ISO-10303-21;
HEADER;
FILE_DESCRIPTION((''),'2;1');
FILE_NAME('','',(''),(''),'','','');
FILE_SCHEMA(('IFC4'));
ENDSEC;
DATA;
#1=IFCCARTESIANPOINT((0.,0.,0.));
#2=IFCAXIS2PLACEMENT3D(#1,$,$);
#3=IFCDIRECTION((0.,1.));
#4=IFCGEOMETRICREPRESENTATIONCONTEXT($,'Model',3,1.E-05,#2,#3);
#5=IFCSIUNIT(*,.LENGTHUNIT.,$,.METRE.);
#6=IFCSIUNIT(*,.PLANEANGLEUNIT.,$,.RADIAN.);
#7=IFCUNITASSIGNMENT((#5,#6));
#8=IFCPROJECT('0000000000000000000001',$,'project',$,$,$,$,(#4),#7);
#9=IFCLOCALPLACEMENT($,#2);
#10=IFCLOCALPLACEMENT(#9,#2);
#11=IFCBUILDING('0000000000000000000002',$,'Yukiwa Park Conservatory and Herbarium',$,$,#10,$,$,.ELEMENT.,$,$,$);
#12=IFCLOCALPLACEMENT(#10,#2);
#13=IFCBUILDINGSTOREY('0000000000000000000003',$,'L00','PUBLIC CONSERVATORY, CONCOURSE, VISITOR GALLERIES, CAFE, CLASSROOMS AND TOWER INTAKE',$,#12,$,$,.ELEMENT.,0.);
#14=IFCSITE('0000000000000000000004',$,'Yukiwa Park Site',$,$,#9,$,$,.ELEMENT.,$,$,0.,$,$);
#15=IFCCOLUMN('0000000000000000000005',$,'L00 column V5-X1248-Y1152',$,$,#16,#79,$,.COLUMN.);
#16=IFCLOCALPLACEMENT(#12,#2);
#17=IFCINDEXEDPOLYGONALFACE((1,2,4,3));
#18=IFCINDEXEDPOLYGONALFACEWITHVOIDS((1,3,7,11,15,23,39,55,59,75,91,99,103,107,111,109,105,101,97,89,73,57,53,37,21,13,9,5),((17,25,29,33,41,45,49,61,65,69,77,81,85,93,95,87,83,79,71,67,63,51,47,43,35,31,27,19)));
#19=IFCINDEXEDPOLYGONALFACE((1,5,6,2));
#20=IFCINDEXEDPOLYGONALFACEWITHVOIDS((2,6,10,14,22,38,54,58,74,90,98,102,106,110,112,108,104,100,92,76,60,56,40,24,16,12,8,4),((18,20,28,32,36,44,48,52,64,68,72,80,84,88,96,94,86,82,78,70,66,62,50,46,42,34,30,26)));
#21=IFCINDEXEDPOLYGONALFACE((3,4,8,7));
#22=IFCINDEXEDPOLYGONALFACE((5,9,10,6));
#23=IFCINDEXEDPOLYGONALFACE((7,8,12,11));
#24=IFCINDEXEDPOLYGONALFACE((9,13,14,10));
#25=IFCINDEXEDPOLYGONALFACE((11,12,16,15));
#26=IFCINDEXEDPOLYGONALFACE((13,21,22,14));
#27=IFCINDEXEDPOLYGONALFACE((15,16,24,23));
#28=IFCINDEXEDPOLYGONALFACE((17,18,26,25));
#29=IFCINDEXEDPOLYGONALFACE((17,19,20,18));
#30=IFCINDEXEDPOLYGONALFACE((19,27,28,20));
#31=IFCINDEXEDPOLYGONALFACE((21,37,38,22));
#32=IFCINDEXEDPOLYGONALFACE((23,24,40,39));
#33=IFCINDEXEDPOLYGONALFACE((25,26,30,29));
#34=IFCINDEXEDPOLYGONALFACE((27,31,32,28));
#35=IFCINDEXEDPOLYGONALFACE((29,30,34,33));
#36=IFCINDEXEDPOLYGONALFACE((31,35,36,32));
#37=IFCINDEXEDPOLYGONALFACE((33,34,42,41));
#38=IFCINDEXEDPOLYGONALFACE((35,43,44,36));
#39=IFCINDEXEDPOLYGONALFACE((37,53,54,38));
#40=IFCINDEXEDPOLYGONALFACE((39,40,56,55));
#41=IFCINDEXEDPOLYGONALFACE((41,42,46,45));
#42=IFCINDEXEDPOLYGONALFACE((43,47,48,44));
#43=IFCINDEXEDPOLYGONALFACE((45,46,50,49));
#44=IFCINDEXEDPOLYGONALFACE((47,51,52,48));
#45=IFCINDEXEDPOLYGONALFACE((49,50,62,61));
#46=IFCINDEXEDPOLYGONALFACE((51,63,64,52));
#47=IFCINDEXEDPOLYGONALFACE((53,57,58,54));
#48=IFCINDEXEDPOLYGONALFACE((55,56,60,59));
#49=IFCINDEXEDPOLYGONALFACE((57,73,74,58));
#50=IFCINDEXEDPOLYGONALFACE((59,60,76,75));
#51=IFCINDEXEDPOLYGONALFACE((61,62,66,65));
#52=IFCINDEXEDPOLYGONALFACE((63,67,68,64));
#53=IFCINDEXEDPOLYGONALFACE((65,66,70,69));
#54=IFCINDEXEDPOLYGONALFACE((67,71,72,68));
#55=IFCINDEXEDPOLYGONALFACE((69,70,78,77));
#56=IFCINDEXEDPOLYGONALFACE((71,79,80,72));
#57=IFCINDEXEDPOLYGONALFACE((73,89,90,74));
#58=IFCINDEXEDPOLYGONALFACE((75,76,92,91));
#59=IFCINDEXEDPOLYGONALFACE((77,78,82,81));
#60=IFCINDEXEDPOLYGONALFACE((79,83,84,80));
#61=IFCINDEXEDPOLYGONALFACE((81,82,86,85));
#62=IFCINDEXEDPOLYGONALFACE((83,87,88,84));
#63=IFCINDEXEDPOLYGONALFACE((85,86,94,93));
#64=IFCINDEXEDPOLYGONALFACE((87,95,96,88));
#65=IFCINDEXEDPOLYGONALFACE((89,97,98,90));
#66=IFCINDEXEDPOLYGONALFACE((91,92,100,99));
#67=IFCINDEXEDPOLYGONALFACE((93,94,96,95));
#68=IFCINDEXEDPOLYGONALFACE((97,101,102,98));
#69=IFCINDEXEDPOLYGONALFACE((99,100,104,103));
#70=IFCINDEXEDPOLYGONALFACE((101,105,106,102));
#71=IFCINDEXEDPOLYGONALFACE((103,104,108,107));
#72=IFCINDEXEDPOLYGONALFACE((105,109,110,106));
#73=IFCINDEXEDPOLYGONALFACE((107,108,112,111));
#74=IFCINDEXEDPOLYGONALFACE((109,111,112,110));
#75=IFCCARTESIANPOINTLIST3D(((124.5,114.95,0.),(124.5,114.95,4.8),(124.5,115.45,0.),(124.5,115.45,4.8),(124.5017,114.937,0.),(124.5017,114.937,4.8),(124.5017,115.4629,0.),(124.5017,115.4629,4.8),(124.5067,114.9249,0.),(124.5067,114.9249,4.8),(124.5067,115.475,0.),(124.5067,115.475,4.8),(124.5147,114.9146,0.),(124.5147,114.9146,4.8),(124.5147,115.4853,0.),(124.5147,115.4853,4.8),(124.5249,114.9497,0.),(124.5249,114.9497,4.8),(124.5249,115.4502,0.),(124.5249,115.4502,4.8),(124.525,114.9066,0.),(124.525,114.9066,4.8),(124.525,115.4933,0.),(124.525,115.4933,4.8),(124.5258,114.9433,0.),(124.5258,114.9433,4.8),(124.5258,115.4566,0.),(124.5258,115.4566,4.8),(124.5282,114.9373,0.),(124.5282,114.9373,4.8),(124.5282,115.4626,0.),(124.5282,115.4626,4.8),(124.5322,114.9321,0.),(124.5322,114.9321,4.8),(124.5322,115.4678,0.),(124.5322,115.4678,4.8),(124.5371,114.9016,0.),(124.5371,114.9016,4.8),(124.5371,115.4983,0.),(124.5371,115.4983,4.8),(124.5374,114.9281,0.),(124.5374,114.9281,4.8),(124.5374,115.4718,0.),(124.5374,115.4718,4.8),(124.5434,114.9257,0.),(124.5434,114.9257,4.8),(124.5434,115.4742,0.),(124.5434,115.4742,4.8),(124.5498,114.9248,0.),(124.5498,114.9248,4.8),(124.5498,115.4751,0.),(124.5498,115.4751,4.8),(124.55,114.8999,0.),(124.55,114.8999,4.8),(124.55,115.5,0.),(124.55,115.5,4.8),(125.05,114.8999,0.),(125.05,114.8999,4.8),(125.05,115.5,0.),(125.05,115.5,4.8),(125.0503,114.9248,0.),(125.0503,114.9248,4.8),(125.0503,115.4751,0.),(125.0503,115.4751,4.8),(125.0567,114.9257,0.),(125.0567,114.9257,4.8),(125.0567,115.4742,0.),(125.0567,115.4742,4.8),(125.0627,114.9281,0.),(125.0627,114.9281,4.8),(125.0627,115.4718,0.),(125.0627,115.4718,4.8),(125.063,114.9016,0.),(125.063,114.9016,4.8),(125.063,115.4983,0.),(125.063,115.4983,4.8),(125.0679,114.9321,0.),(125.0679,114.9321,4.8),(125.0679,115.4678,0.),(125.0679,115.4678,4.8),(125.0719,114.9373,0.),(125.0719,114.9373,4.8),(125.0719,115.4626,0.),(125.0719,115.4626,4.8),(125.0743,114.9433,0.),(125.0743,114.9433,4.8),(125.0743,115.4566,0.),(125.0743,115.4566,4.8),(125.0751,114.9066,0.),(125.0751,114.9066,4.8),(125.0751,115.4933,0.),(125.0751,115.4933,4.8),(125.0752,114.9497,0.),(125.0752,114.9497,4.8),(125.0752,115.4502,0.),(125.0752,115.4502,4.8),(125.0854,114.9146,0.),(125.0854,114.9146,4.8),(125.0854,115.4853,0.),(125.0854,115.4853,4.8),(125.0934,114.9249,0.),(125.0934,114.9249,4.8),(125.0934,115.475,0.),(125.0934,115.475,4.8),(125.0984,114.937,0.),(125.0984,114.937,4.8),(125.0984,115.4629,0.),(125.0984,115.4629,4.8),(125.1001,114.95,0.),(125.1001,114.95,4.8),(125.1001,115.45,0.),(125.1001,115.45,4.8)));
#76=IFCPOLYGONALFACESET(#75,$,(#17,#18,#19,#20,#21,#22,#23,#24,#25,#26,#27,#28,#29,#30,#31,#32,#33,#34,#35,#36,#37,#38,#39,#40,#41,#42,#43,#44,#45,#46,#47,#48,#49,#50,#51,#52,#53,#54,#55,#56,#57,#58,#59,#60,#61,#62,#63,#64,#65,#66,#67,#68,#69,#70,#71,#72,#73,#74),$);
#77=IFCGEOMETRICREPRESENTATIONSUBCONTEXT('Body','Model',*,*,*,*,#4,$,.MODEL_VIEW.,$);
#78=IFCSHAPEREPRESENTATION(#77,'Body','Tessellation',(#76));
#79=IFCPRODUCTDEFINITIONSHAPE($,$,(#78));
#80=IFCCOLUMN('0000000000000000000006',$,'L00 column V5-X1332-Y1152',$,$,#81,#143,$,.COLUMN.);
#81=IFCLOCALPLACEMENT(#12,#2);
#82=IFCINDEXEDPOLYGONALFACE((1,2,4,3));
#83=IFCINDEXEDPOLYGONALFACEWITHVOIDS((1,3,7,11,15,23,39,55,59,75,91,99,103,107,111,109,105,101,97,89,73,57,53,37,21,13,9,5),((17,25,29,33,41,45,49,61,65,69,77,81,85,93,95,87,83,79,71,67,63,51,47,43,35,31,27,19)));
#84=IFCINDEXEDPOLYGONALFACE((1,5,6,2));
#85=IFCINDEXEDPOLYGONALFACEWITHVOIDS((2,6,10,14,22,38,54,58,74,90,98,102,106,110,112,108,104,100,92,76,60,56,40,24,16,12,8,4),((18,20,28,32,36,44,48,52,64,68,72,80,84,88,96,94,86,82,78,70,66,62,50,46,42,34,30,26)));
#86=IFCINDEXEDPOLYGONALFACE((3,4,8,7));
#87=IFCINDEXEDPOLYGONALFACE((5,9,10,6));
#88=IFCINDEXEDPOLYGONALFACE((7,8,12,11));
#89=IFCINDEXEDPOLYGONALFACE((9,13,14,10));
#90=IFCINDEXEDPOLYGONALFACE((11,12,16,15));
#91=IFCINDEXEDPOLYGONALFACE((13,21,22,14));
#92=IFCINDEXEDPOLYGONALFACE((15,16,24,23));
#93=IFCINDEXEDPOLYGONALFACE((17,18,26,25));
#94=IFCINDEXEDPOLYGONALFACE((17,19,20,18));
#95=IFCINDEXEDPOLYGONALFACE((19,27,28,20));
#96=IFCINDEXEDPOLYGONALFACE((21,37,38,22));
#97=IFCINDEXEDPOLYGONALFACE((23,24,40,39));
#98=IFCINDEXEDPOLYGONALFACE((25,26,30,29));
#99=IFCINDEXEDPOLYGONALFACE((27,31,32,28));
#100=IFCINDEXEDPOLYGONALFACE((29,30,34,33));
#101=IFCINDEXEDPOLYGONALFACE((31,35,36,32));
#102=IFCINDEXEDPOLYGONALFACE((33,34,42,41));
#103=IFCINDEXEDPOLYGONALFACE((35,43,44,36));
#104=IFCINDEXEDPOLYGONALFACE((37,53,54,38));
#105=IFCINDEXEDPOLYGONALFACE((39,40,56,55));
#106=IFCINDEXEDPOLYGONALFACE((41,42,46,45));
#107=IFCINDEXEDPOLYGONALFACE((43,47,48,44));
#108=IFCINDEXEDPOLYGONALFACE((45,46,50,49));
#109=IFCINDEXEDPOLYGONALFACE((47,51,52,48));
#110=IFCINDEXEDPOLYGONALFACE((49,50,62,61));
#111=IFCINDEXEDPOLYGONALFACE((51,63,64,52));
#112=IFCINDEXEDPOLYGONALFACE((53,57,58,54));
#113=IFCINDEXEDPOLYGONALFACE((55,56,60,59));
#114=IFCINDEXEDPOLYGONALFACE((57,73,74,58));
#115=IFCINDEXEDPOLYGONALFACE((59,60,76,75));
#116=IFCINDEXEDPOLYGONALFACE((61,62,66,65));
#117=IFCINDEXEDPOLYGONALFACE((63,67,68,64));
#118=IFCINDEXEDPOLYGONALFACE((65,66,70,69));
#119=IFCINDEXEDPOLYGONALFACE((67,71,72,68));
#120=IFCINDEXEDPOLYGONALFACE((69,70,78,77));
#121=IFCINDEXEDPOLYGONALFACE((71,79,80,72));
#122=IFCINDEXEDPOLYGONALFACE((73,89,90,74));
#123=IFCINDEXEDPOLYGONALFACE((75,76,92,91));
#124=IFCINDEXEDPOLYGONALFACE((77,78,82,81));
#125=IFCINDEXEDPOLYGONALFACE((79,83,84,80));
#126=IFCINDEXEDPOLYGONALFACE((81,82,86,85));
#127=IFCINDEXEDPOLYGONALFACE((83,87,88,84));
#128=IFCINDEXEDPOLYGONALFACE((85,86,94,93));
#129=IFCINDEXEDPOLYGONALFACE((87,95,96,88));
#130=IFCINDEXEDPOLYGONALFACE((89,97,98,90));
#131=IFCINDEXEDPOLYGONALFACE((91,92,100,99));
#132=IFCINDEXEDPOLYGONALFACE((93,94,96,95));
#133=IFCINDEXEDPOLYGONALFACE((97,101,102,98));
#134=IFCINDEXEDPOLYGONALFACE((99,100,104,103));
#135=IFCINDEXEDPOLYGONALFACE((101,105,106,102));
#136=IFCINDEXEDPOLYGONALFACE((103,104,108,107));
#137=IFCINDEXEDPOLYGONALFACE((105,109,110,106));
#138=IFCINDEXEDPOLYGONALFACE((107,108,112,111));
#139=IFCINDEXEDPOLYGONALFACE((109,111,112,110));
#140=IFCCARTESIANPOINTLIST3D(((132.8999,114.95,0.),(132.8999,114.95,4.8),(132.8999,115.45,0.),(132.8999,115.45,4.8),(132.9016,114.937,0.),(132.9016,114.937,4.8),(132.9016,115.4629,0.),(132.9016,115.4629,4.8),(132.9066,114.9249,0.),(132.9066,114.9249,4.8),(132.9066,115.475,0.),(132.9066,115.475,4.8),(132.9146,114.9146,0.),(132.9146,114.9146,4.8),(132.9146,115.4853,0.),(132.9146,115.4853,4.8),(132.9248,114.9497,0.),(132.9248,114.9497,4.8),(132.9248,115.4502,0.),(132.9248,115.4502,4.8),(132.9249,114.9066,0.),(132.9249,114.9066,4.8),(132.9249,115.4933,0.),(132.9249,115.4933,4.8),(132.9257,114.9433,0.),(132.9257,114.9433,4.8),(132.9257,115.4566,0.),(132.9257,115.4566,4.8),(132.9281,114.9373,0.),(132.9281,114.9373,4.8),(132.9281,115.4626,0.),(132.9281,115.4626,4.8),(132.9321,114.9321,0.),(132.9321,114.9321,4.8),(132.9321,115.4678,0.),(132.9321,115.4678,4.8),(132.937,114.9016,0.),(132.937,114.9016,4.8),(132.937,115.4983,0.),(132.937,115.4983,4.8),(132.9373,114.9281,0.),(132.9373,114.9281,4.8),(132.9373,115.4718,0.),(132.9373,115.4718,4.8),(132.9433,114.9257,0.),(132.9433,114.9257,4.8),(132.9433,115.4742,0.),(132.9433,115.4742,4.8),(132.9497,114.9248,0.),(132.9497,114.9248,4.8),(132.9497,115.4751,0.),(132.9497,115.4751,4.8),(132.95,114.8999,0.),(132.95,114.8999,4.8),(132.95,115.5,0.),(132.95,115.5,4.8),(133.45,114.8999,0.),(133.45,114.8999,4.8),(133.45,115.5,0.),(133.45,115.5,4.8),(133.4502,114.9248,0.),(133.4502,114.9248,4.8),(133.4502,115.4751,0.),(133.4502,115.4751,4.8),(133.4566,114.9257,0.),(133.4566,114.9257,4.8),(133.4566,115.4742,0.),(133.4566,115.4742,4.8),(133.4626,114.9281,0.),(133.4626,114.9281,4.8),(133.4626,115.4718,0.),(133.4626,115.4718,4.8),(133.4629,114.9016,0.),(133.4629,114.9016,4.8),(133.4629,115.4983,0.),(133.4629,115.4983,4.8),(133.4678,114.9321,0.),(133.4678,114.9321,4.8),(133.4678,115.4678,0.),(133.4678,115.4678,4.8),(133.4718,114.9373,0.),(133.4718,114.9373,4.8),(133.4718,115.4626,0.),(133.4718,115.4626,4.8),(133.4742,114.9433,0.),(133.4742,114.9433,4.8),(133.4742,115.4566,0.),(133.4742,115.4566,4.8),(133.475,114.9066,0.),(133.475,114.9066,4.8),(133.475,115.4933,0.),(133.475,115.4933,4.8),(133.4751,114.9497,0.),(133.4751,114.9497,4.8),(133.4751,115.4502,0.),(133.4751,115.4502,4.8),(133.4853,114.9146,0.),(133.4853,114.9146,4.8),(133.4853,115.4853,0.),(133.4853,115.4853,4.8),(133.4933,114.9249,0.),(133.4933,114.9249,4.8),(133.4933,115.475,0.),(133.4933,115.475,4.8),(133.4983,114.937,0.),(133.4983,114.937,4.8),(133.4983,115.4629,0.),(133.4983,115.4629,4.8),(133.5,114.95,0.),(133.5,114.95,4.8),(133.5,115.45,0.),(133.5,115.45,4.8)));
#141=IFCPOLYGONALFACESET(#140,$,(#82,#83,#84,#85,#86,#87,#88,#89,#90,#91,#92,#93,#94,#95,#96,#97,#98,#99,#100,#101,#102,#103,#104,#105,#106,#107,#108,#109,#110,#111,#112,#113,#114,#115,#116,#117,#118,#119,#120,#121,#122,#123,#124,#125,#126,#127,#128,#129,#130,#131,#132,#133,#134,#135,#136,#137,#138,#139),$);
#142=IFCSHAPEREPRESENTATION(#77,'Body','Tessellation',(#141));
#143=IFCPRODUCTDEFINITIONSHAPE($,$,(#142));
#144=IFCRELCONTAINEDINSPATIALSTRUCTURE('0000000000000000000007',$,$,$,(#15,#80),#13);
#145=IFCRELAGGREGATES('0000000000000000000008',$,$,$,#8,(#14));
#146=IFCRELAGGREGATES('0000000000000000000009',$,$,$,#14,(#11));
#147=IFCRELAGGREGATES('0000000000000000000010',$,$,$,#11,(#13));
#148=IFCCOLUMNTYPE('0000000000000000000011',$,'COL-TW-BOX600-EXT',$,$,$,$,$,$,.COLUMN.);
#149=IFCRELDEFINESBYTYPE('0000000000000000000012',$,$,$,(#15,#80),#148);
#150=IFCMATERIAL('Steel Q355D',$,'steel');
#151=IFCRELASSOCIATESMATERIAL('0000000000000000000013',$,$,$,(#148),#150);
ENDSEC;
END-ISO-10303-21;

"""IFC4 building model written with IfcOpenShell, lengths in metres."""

from ifc_helpers import new_model, si_unit, direction, frame, origin, origin_2d, place, context, subcontext, project, spatial, hollow_rectangle, extrude, material, material_profile, profile_set, type_object, element, save


model = new_model("IFC4")

# Units and contexts
model_context = context("Model", 3, precision=1e-05, world=origin(), true_north=direction((0.0, 1.0)))
body_context = subcontext(model_context, "Body", "Model", "MODEL_VIEW")
ifc_project = project(units=[si_unit("LENGTHUNIT", "METRE"), si_unit("PLANEANGLEUNIT", "RADIAN")], contexts=[model_context])

# Site, building, storey
site_placement = place(None, origin())
site = spatial("IfcSite", under=ifc_project, at=site_placement, Name="Yukiwa Park Site", CompositionType="ELEMENT", RefElevation=0.0)
building_placement = place(site_placement, origin())
building = spatial("IfcBuilding", under=site, at=building_placement, Name="Yukiwa Park Conservatory and Herbarium", CompositionType="ELEMENT")
storey_placement = place(building_placement, origin())
storey = spatial("IfcBuildingStorey", under=building, at=storey_placement, Name="L00", Description="PUBLIC CONSERVATORY, CONCOURSE, VISITOR GALLERIES, CAFE, CLASSROOMS AND TOWER INTAKE", CompositionType="ELEMENT", Elevation=0.0)

# Columns
ifc_material_1 = material(Name="Steel Q355D", Category="steel")
ifc_material_profile_1 = material_profile(ifc_material_1, hollow_rectangle(XDim=0.6001, YDim=0.6001, WallThickness=0.0249, InnerFilletRadius=0.0249, OuterFilletRadius=0.05, at=origin_2d()), Name="BOX 600x600x25")
ifc_profile_set_1 = profile_set([ifc_material_profile_1], Name="Steel Q355D")
column_type_1 = type_object("IfcColumnType", Name="COL-TW-BOX600-EXT", PredefinedType="COLUMN", material=ifc_profile_set_1)
for number, where, z_axis, x_axis, name in (
    (1, (124.8, 115.2, 0.0), (0.0, 0.0, 1.0), (1.0, 0.0, 0.0), "L00 column V5-X1248-Y1152"),
    (2, (133.2, 115.2, 0.0), (0.0, 0.0, 1.0), (1.0, 0.0, 0.0), "L00 column V5-X1332-Y1152"),
):
    element("IfcColumn", number, at=place(storey_placement, frame(where, z_axis=z_axis, x_axis=x_axis)), inside=storey, type_object=column_type_1, Name=name, PredefinedType="COLUMN", context=body_context, shape_type="SweptSolid", body=[
        extrude(hollow_rectangle(XDim=0.6001, YDim=0.6001, WallThickness=0.0249, InnerFilletRadius=0.0249, OuterFilletRadius=0.05, at=origin_2d()), origin(), (0.0, 0.0, 1.0), 4.8),
    ])

save(model, "model.ifc")
